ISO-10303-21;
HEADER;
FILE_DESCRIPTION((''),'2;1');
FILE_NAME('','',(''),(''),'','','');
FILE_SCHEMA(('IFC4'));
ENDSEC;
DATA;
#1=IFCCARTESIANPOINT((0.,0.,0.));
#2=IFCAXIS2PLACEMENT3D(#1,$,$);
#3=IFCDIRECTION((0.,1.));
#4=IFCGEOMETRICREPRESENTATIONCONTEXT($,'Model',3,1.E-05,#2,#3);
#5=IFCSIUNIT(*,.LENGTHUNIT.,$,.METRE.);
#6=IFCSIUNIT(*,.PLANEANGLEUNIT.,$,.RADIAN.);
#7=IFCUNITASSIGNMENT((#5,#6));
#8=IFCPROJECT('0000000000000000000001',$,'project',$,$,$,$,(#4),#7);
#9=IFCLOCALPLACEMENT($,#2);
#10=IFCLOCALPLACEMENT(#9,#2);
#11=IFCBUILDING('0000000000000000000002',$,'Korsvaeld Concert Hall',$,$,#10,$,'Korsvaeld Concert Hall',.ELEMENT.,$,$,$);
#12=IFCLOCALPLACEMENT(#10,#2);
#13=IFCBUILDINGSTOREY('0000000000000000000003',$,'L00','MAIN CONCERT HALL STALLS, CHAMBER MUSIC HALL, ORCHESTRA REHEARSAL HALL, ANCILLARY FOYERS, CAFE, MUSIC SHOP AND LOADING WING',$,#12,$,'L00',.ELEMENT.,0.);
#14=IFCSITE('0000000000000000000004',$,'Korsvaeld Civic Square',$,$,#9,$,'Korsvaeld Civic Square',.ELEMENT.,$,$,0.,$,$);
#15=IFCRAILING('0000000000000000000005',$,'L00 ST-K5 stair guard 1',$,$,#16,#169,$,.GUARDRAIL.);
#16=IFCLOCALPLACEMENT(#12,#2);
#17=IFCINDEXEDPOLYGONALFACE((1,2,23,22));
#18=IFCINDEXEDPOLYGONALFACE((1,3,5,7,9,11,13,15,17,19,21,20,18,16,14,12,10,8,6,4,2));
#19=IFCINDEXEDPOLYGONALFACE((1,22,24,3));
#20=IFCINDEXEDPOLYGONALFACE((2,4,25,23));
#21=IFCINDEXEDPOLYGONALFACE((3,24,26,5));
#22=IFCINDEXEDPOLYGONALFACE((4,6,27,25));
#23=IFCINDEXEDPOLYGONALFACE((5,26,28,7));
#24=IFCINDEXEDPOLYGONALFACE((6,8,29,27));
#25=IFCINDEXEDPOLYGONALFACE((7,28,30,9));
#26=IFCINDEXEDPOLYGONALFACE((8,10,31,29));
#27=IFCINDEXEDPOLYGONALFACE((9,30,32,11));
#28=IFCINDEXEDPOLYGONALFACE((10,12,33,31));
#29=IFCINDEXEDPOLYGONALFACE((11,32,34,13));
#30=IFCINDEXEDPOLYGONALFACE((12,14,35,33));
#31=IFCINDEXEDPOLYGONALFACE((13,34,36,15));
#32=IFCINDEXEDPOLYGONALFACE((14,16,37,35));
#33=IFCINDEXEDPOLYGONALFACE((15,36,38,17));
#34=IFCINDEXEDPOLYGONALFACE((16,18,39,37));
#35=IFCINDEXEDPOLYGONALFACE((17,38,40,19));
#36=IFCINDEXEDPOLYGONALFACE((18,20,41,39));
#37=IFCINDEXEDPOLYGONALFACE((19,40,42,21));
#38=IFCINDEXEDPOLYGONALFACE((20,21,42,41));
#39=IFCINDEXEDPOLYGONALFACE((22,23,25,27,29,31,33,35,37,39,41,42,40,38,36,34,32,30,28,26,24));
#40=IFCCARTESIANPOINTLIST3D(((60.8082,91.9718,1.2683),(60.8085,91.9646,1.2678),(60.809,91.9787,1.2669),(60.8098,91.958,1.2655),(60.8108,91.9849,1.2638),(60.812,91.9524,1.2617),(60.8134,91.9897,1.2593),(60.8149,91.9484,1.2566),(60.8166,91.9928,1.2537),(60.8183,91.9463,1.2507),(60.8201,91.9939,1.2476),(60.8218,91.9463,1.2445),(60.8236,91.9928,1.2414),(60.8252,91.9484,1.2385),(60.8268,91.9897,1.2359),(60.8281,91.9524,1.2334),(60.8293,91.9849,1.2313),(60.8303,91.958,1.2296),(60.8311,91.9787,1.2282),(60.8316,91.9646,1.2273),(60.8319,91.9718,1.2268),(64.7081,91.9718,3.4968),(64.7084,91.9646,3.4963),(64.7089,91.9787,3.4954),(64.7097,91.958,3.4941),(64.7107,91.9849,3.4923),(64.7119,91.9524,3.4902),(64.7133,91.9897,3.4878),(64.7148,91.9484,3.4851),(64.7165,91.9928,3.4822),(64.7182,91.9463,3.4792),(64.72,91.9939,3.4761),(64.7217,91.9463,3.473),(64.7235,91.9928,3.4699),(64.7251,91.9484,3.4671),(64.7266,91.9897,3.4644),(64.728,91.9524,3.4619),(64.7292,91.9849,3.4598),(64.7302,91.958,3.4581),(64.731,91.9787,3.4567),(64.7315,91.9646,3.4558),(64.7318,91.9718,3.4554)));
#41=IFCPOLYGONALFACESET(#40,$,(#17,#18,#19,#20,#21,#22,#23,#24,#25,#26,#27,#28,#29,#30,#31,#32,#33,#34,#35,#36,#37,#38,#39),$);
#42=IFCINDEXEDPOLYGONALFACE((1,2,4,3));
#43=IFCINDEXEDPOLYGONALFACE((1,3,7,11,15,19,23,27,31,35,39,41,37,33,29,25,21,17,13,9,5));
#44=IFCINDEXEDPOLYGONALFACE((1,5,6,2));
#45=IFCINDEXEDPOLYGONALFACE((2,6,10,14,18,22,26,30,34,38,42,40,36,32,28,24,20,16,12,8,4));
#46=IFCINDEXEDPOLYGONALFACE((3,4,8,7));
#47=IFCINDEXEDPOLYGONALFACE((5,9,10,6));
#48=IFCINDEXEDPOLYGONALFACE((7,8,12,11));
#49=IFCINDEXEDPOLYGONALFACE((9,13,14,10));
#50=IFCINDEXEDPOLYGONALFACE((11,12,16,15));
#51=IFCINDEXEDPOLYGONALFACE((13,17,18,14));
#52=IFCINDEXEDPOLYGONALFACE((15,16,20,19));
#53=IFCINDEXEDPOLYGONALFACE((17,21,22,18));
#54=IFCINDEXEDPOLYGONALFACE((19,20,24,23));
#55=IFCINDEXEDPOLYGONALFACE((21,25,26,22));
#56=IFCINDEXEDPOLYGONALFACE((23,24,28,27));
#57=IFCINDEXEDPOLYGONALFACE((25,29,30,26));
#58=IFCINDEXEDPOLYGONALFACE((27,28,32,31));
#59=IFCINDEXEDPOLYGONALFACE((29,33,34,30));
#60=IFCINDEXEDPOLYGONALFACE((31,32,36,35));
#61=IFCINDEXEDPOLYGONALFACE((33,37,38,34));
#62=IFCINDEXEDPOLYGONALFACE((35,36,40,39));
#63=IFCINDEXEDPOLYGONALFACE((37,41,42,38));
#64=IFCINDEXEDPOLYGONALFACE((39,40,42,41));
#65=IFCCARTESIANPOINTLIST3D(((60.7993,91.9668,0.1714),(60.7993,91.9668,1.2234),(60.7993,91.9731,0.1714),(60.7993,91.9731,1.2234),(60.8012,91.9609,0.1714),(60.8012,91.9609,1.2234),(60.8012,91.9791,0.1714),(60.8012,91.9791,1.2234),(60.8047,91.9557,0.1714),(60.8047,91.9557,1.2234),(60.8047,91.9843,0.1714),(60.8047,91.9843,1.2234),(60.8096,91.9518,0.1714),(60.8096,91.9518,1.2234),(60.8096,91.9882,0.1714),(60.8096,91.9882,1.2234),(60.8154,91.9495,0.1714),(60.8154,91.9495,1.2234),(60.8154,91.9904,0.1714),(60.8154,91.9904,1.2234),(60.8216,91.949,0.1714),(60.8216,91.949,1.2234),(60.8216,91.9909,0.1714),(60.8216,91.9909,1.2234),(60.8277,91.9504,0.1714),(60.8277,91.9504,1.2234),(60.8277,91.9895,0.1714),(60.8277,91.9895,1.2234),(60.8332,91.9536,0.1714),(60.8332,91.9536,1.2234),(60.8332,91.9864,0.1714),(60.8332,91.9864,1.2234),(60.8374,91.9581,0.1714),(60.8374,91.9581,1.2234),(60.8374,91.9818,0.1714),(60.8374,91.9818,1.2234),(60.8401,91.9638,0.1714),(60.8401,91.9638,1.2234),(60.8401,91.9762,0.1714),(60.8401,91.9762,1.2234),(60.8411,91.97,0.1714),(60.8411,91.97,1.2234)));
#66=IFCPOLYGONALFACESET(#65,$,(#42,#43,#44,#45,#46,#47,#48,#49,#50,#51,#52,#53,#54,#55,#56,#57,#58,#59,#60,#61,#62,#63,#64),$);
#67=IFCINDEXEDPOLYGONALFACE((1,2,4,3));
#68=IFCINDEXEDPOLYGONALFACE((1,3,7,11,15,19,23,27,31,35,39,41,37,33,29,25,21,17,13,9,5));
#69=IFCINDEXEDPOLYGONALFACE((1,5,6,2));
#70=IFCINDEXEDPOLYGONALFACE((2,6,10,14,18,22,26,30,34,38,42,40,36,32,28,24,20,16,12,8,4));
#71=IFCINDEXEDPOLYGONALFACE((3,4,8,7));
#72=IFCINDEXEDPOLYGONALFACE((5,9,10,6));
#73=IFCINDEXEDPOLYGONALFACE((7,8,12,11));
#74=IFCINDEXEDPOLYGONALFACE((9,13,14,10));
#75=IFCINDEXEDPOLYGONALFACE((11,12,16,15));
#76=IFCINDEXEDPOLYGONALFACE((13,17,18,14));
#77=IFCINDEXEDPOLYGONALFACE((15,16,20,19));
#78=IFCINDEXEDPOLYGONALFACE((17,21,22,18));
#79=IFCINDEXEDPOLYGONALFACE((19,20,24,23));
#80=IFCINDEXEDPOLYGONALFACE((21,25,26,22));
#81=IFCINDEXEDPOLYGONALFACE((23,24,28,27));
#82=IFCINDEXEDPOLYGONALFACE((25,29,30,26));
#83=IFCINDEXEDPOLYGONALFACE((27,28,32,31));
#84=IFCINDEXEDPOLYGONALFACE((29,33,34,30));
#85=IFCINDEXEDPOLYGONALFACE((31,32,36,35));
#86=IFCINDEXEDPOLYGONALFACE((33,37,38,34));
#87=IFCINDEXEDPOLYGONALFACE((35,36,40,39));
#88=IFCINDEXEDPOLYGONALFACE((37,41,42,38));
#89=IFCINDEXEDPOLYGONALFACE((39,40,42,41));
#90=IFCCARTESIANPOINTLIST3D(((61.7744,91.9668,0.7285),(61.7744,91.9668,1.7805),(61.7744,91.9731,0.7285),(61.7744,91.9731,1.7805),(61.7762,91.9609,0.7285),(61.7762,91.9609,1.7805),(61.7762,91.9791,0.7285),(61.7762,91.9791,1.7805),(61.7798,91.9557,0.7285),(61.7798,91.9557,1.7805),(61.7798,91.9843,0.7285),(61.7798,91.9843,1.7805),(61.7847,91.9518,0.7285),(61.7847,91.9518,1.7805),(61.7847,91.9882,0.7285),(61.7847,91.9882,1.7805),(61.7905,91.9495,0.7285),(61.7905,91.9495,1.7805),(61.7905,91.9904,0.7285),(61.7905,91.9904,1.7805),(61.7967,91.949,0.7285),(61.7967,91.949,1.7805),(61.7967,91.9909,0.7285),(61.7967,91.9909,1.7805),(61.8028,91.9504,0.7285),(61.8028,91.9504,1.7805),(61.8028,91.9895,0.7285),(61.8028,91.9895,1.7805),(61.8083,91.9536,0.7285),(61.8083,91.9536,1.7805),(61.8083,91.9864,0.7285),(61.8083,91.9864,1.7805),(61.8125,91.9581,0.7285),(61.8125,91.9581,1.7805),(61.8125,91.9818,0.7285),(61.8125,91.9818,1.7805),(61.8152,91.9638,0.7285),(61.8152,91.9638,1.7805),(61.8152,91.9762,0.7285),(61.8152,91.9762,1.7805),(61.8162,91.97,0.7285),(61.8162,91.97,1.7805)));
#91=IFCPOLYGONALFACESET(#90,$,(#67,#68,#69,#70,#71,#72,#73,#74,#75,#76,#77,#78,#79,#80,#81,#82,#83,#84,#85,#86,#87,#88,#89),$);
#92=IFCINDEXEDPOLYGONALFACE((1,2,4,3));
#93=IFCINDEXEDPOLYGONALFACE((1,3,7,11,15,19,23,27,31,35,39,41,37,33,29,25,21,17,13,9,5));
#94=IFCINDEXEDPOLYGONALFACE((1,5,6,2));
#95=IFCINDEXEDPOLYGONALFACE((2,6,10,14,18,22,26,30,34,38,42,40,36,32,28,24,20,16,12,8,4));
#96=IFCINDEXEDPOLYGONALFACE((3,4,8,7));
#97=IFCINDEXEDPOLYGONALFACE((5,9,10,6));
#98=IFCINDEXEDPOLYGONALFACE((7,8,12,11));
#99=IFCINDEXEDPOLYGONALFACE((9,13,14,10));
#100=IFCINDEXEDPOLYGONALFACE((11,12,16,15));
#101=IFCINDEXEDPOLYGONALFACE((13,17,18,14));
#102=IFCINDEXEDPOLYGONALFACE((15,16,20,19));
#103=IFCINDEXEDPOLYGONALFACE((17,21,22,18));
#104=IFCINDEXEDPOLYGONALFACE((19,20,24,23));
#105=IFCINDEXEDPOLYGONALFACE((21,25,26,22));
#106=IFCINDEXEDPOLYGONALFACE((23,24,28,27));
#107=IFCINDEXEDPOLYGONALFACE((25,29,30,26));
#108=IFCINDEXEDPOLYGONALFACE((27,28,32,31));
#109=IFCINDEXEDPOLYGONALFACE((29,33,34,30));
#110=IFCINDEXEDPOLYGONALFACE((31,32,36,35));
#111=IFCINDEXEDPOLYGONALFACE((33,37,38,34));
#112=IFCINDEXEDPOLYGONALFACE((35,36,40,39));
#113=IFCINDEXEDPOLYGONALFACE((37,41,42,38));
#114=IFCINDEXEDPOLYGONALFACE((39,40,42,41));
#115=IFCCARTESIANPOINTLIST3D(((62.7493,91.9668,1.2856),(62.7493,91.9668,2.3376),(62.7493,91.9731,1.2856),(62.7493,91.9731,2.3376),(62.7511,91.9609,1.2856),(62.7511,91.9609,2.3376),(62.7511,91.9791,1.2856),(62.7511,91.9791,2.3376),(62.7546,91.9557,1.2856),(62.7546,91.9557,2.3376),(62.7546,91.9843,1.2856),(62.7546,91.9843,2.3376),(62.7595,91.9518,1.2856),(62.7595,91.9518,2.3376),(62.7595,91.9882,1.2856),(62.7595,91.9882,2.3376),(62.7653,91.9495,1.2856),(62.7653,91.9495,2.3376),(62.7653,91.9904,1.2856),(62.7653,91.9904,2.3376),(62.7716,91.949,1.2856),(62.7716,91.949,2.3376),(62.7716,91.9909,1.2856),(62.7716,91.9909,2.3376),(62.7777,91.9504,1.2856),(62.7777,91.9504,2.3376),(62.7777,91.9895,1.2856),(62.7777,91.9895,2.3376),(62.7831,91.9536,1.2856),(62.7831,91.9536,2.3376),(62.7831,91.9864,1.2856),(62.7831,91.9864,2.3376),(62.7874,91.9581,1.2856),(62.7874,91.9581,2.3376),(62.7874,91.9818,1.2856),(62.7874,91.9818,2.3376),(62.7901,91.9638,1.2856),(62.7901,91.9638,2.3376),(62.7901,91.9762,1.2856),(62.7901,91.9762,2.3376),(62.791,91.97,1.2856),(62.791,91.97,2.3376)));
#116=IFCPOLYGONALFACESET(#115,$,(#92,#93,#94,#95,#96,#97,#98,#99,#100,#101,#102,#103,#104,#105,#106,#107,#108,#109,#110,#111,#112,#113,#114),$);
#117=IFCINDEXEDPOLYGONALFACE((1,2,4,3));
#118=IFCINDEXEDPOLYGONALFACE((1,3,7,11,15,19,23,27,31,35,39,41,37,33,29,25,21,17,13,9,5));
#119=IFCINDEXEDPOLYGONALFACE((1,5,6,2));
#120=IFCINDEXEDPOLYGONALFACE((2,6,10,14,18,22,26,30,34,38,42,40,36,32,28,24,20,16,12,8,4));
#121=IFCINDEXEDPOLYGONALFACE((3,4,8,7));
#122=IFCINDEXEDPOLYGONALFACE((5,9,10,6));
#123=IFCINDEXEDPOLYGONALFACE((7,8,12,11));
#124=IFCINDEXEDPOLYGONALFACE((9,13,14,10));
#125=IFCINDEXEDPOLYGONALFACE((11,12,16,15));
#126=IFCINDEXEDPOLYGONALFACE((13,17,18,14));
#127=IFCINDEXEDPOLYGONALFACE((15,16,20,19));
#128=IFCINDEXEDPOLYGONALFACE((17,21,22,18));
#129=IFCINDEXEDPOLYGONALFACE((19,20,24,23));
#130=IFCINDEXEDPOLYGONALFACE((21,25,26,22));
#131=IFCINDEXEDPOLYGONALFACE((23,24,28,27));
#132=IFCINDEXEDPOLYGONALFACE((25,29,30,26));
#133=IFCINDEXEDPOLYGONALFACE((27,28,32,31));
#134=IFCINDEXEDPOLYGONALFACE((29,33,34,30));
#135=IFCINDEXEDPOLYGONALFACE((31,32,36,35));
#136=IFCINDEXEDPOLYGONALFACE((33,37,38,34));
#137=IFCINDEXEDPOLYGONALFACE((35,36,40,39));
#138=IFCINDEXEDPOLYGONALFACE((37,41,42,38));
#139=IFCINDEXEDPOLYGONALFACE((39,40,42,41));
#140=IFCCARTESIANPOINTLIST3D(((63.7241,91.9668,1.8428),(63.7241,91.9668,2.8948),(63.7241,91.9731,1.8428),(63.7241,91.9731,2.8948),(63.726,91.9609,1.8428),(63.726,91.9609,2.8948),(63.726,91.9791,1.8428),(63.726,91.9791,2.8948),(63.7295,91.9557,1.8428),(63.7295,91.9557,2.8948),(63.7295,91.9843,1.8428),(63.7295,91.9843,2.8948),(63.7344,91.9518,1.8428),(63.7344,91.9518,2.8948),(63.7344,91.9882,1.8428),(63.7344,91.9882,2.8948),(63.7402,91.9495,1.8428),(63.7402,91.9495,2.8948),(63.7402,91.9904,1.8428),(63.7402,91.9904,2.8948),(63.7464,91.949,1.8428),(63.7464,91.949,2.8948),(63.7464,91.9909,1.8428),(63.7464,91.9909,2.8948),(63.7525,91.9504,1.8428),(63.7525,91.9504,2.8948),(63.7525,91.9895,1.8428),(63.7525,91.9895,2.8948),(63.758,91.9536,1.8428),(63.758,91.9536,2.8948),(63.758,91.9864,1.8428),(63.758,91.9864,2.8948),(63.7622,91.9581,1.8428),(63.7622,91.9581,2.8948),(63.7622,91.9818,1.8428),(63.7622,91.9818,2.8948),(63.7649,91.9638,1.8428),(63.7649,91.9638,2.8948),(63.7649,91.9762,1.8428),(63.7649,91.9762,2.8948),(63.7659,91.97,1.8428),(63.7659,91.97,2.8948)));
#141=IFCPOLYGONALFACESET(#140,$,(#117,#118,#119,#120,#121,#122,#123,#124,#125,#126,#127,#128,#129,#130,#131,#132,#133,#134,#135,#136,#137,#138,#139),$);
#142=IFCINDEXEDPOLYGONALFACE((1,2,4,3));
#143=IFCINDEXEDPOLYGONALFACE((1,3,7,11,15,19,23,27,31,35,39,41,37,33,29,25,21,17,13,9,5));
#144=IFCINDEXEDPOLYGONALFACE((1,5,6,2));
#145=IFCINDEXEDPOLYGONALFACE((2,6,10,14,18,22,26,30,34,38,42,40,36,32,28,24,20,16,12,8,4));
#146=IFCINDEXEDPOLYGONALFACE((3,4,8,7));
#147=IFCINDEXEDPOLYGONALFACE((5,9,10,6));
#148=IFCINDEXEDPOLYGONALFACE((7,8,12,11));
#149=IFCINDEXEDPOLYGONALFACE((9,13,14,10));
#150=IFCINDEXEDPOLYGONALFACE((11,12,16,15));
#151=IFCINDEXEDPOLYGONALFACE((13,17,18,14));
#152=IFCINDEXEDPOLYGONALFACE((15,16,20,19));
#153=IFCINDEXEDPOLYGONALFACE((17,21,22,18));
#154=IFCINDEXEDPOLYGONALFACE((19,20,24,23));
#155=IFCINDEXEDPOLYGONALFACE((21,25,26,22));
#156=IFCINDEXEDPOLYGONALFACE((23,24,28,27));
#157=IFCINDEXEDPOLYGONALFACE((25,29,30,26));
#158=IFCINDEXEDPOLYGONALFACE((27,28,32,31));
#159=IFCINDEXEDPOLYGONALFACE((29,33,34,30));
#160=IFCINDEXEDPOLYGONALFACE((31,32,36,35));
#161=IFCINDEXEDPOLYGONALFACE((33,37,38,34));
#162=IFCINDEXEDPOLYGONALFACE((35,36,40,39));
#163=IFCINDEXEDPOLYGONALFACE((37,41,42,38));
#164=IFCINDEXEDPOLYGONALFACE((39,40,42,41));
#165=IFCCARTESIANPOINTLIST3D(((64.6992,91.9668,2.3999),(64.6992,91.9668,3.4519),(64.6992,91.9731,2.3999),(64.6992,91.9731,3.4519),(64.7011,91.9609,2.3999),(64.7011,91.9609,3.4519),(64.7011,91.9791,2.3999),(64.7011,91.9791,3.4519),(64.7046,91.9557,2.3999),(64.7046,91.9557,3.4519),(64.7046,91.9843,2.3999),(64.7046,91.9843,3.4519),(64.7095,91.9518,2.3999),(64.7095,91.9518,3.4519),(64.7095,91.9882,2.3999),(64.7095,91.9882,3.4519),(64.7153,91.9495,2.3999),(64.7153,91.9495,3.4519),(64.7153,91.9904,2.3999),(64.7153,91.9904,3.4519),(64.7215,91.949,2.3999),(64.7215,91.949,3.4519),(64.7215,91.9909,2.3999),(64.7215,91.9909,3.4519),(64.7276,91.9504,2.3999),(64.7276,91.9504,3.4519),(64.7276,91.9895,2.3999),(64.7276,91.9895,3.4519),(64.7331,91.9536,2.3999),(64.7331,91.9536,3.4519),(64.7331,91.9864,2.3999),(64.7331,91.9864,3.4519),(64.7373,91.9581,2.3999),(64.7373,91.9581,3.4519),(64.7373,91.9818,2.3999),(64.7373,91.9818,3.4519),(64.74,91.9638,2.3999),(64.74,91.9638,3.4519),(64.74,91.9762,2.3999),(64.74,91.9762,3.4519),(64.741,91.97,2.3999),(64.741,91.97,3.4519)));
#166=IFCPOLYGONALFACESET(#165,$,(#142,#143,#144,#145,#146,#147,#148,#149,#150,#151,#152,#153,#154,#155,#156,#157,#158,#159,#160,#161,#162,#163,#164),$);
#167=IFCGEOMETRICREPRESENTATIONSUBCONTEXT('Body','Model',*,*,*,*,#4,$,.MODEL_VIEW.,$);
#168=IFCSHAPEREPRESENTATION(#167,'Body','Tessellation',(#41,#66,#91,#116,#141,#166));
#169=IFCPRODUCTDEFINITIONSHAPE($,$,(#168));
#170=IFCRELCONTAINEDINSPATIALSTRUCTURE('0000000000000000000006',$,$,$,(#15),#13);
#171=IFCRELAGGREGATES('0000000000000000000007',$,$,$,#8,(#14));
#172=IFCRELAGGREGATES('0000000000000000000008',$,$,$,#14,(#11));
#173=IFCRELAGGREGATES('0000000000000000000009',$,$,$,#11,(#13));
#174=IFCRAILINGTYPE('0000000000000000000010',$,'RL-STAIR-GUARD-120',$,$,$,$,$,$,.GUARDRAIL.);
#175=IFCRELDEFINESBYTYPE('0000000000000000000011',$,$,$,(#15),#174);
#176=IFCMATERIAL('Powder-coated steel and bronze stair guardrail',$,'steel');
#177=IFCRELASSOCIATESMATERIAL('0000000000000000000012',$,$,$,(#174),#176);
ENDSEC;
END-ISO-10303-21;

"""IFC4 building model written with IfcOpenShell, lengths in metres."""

from ifc_helpers import new_model, si_unit, direction, frame, origin, origin_2d, place, context, subcontext, project, spatial, circle, extrude, material, type_object, element, save


model = new_model("IFC4")

# Units and contexts
model_context = context("Model", 3, precision=1e-05, world=origin(), true_north=direction((0.0, 1.0)))
body_context = subcontext(model_context, "Body", "Model", "MODEL_VIEW")
ifc_project = project(units=[si_unit("LENGTHUNIT", "METRE"), si_unit("PLANEANGLEUNIT", "RADIAN")], contexts=[model_context])

# Site, building, storey
site_placement = place(None, origin())
site = spatial("IfcSite", under=ifc_project, at=site_placement, Name="Korsvaeld Civic Square", LongName="Korsvaeld Civic Square", CompositionType="ELEMENT", RefElevation=0.0)
building_placement = place(site_placement, origin())
building = spatial("IfcBuilding", under=site, at=building_placement, Name="Korsvaeld Concert Hall", LongName="Korsvaeld Concert Hall", CompositionType="ELEMENT")
storey_placement = place(building_placement, origin())
storey = spatial("IfcBuildingStorey", under=building, at=storey_placement, Name="L00", Description="MAIN CONCERT HALL STALLS, CHAMBER MUSIC HALL, ORCHESTRA REHEARSAL HALL, ANCILLARY FOYERS, CAFE, MUSIC SHOP AND LOADING WING", LongName="L00", CompositionType="ELEMENT", Elevation=0.0)

# Railing
ifc_material_1 = material(Name="Powder-coated steel and bronze stair guardrail", Category="steel")
railing_type_1 = type_object("IfcRailingType", Name="RL-STAIR-GUARD-120", PredefinedType="GUARDRAIL", material=ifc_material_1)
railing_1_placement = place(storey_placement, frame((60.8201, 91.97, 0.1714)))
element("IfcRailing", 1, at=railing_1_placement, inside=storey, type_object=railing_type_1, Name="L00 ST-K5 stair guard 1", PredefinedType="GUARDRAIL", context=body_context, shape_type="SweptSolid", body=[
    extrude(circle(Radius=0.0239, at=origin_2d()), frame((0.0, 0.0, 1.0762), z_axis=(0.868243, 0.0, 0.496139), x_axis=(0.0, 1.0, 0.0)), (0.0, 0.0, 1.0), 4.4917),
    extrude(circle(Radius=0.021, at=origin_2d()), origin(), (0.0, 0.0, 1.0), 1.052),
    extrude(circle(Radius=0.021, at=origin_2d()), frame((0.9751, 0.0, 0.5571)), (0.0, 0.0, 1.0), 1.052),
    extrude(circle(Radius=0.021, at=origin_2d()), frame((1.95, 0.0, 1.1143)), (0.0, 0.0, 1.0), 1.052),
    extrude(circle(Radius=0.021, at=origin_2d()), frame((2.9248, 0.0, 1.6714)), (0.0, 0.0, 1.0), 1.052),
    extrude(circle(Radius=0.021, at=origin_2d()), frame((3.8999, 0.0, 2.2285)), (0.0, 0.0, 1.0), 1.052),
])

save(model, "model.ifc")
